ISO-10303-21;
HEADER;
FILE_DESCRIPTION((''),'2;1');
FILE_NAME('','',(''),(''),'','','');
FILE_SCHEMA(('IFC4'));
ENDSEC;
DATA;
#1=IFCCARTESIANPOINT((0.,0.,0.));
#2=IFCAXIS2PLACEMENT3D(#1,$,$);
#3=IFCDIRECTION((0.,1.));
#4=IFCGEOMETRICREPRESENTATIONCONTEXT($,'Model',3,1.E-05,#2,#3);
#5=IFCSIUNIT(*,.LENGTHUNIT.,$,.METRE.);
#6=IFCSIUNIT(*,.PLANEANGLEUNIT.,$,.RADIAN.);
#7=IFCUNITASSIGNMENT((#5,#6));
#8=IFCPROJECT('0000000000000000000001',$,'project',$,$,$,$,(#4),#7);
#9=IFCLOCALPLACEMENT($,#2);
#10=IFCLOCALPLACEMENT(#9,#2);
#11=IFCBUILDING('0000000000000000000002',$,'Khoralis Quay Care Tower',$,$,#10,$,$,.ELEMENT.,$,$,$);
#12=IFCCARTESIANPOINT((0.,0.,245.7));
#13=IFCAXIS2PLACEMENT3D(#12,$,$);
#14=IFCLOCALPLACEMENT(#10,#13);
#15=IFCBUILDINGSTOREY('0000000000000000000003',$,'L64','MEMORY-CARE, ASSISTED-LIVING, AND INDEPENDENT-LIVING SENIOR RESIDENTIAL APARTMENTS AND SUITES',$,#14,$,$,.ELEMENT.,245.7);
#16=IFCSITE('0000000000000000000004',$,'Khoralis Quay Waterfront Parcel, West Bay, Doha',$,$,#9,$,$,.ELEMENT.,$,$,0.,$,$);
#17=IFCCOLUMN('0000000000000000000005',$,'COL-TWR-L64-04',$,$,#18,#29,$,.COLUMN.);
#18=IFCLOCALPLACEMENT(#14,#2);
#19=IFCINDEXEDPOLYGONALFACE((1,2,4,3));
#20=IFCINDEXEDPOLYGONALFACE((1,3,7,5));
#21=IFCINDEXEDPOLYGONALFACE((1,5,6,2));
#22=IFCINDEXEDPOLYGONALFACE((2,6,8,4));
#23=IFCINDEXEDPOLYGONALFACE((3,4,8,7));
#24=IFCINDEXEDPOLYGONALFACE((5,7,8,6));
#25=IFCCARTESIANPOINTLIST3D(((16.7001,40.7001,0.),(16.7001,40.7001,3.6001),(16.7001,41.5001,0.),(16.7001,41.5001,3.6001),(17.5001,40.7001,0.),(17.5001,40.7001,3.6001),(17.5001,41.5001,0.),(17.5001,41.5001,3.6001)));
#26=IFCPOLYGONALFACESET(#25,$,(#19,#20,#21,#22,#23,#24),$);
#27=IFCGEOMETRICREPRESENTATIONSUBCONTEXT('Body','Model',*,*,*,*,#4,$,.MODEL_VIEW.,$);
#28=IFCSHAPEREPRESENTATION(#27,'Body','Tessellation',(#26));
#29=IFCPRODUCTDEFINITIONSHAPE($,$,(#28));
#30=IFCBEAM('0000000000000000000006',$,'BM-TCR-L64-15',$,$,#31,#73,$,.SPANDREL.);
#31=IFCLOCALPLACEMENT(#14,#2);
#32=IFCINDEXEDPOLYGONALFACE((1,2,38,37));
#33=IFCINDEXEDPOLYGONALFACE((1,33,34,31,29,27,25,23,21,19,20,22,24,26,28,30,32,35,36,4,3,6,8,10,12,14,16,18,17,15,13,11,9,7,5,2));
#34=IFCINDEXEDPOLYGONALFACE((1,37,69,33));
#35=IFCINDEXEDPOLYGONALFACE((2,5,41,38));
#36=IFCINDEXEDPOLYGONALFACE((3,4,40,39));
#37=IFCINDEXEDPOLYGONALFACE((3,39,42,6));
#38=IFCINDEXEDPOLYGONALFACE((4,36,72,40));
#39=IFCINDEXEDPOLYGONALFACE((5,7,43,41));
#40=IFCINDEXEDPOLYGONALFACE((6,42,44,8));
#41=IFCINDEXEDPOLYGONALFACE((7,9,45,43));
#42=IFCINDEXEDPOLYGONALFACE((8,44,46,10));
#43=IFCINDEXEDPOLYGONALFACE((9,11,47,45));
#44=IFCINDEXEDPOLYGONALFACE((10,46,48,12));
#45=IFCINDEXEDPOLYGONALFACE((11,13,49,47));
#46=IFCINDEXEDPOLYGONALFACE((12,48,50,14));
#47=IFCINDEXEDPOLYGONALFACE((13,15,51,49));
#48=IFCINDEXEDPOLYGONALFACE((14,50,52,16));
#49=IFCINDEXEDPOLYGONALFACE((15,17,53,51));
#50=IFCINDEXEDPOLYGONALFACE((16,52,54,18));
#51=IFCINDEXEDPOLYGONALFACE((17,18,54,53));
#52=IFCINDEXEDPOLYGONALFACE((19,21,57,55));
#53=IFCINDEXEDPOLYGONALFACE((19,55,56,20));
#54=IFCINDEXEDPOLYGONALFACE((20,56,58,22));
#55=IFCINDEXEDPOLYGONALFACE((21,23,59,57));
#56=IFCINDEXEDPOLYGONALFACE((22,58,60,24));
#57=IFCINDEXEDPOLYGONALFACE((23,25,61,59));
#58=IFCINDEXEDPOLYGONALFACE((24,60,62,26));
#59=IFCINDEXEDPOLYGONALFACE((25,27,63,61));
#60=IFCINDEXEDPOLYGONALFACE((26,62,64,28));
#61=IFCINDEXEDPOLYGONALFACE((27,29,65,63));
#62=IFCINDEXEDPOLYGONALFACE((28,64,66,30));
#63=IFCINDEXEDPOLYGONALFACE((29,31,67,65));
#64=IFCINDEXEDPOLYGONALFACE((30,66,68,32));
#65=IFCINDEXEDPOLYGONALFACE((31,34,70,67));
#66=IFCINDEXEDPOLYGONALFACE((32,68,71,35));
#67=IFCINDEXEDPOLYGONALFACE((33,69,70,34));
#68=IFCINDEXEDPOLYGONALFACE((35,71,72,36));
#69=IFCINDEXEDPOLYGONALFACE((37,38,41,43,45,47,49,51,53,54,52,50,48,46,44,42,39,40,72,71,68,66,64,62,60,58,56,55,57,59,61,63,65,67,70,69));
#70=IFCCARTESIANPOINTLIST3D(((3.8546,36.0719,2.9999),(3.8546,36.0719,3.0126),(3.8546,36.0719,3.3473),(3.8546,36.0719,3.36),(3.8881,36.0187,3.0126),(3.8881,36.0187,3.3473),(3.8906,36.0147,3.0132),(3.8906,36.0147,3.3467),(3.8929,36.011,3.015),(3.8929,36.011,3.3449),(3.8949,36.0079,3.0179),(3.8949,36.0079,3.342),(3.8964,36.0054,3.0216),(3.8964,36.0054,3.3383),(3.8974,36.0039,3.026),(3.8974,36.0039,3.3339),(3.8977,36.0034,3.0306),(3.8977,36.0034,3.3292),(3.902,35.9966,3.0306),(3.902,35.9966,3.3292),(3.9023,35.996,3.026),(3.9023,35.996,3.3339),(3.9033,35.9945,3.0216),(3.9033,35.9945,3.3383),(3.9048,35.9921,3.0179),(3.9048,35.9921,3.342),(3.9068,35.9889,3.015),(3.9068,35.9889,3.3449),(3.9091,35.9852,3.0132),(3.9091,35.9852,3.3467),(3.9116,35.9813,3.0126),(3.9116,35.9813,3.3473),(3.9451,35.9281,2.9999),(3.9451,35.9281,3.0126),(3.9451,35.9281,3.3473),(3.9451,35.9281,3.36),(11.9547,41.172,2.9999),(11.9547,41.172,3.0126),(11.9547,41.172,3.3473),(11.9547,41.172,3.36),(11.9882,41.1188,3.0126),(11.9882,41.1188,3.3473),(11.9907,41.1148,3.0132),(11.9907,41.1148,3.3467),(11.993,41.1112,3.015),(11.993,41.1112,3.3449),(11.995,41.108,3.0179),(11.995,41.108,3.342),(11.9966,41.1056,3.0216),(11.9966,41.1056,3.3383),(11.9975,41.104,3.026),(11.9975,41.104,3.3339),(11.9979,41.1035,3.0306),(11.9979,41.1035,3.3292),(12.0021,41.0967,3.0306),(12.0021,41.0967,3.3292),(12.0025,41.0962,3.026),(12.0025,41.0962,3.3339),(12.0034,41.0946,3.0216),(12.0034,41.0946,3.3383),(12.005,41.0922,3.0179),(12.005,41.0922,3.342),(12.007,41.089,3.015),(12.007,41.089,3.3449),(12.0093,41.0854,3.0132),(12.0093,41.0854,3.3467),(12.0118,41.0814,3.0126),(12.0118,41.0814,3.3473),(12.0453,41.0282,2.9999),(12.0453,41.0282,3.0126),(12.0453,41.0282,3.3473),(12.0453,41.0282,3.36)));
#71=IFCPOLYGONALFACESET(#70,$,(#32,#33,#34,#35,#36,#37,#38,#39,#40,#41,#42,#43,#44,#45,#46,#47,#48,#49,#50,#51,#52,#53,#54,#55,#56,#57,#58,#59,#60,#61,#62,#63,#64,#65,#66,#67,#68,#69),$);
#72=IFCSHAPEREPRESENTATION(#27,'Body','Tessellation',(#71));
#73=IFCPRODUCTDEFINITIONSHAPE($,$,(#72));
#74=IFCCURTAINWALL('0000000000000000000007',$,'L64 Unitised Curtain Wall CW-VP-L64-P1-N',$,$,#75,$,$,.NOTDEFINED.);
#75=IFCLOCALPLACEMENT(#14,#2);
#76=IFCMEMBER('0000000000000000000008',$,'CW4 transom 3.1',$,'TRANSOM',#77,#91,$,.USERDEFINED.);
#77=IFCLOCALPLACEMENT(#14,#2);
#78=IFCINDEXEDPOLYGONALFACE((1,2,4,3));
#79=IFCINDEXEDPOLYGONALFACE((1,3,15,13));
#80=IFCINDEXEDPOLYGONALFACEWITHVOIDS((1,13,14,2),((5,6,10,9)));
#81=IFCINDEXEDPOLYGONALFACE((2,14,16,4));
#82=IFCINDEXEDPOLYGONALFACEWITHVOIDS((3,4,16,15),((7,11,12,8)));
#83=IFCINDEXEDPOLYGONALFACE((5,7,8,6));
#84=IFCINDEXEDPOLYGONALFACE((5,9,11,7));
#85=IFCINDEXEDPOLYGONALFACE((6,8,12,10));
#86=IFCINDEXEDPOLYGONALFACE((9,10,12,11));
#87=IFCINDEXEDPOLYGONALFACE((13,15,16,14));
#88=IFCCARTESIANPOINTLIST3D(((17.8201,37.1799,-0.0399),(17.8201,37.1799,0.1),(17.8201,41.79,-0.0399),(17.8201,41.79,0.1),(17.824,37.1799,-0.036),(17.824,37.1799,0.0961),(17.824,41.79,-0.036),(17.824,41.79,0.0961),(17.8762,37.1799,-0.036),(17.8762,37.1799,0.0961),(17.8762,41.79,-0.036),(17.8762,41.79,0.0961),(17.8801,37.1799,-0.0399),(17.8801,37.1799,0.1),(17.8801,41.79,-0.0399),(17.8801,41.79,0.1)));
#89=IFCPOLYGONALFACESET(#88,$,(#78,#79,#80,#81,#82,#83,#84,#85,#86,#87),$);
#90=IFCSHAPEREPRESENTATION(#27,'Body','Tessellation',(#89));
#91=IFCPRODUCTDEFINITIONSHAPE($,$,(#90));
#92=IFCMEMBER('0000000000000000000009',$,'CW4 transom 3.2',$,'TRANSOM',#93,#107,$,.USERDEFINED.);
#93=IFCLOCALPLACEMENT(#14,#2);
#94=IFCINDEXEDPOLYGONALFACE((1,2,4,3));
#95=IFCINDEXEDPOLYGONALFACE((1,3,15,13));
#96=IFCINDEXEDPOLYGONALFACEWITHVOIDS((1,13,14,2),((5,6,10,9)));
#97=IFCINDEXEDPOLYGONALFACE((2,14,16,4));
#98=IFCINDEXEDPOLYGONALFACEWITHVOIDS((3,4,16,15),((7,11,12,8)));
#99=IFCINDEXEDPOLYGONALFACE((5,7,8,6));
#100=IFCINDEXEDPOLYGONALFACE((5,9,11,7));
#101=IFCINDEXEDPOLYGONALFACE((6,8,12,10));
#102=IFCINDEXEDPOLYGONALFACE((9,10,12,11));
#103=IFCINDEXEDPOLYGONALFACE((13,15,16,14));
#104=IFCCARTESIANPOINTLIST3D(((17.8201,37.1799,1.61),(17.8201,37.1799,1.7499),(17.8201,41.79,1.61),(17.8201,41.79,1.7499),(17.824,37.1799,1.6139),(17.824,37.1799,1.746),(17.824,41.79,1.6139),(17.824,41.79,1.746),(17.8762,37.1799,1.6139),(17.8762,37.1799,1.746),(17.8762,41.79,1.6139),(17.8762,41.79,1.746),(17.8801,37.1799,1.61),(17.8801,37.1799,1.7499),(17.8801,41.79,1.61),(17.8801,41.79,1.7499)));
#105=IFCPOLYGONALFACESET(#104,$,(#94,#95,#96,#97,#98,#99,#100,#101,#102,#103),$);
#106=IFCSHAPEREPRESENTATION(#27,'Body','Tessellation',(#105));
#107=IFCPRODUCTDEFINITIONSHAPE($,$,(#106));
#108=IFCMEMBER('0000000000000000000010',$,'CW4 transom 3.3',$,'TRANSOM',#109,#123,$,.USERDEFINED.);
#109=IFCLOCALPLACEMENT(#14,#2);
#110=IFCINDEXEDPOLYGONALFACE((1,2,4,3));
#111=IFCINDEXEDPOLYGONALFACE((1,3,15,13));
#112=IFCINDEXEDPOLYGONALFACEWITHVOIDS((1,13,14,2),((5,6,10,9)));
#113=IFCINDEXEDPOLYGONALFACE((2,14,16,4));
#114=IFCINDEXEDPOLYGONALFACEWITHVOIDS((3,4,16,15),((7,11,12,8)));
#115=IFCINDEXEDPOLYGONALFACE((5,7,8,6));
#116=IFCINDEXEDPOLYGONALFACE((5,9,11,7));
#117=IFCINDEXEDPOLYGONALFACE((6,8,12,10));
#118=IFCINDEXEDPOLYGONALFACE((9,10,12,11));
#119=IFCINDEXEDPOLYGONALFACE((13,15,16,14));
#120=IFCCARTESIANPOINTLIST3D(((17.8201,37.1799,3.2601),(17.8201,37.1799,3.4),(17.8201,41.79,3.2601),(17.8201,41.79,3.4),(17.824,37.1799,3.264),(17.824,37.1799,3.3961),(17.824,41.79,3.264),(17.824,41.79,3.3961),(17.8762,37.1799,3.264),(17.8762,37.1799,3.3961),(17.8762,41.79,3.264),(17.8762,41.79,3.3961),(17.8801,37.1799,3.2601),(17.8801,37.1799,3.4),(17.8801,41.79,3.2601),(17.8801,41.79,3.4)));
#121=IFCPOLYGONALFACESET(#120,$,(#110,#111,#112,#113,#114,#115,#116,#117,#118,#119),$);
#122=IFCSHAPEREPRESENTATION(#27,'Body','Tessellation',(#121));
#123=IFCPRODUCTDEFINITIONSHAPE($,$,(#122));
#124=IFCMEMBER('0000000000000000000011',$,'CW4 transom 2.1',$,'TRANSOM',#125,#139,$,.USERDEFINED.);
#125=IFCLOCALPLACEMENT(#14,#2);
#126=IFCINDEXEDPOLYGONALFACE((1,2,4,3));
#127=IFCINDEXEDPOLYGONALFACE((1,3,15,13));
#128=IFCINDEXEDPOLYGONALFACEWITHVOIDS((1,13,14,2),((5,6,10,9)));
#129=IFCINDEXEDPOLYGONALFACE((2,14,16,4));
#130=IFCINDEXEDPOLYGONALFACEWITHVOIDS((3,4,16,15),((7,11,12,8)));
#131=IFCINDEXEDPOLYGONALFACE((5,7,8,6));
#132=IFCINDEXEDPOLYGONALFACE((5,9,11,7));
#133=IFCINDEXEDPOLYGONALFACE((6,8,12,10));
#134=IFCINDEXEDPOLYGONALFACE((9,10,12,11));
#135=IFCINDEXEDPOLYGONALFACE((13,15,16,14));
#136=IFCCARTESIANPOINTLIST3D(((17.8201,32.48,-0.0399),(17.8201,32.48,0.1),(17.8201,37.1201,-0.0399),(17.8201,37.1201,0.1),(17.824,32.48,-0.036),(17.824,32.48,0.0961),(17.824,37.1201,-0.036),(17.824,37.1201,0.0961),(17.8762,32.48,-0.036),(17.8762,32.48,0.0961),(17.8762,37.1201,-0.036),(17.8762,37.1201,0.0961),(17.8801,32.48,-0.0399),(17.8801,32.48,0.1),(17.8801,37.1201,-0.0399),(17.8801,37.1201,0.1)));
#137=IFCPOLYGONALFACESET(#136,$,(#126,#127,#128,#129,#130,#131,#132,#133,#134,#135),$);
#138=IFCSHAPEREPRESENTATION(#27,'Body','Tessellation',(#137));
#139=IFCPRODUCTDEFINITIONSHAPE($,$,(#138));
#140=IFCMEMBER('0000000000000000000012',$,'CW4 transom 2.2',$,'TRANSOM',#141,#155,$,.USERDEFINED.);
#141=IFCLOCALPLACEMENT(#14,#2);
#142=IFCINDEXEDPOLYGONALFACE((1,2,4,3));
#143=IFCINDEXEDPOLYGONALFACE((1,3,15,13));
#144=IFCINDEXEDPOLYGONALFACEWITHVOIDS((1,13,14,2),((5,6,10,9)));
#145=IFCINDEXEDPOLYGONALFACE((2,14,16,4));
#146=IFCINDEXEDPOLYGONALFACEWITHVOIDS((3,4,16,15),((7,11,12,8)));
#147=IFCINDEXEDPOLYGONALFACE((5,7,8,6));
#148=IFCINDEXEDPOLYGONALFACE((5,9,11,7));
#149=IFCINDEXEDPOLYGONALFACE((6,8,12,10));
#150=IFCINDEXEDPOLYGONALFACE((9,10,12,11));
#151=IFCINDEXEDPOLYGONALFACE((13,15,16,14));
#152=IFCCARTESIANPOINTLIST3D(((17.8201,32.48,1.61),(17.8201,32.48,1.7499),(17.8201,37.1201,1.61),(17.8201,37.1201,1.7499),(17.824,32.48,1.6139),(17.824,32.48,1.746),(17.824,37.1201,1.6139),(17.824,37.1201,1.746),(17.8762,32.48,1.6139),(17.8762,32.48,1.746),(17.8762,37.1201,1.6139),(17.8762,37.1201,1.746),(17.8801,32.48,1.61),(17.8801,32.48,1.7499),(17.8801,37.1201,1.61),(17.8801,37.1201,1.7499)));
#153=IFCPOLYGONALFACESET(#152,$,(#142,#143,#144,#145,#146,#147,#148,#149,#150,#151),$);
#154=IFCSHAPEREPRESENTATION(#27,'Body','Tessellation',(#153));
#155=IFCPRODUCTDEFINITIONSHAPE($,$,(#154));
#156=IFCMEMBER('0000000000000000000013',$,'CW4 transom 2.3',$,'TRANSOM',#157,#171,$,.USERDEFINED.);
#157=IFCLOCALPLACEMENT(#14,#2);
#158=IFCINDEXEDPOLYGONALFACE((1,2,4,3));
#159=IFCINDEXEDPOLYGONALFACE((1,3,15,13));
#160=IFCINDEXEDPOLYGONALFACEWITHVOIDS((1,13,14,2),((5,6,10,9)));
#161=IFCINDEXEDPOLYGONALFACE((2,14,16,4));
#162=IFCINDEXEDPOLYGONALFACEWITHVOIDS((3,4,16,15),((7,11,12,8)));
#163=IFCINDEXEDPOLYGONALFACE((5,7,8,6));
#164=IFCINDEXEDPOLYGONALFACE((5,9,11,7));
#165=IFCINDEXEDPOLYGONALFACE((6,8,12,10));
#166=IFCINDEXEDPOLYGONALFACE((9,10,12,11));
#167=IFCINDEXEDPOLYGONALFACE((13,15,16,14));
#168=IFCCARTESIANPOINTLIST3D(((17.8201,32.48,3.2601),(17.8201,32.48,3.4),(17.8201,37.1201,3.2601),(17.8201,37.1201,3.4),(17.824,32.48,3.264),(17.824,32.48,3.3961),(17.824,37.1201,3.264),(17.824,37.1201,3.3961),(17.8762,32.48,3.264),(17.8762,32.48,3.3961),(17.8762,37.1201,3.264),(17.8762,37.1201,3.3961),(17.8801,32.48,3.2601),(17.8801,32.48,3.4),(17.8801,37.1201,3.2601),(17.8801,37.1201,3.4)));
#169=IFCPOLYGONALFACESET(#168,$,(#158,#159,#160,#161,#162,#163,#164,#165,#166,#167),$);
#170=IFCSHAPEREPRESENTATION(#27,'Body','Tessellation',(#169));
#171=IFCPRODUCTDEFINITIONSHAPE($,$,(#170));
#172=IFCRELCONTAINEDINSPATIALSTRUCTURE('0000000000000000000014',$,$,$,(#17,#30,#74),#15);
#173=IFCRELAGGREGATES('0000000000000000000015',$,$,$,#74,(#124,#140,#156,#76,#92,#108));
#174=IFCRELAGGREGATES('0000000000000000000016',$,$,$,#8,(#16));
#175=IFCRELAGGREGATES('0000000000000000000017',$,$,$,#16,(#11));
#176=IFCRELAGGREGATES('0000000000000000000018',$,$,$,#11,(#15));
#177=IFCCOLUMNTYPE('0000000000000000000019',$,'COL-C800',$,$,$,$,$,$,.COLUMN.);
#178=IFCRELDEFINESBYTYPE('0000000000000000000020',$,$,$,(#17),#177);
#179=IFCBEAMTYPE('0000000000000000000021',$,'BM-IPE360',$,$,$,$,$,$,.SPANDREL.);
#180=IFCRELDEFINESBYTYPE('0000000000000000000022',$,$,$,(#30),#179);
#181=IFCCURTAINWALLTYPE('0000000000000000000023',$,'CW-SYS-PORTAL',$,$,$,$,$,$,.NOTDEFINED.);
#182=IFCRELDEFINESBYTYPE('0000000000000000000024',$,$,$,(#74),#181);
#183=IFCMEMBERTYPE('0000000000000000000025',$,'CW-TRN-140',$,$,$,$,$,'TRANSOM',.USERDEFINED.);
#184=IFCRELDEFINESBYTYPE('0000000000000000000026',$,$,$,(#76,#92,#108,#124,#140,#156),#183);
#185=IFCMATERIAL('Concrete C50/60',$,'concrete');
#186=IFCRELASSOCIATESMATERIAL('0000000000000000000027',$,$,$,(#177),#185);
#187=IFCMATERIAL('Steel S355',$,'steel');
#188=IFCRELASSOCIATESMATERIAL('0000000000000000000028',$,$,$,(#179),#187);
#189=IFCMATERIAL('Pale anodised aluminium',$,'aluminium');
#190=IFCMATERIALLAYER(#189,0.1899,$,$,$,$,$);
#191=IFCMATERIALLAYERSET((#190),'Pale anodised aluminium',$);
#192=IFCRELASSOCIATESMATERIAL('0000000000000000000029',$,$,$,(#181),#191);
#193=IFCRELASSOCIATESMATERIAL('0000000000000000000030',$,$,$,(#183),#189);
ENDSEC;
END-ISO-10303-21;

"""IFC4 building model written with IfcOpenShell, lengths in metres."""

from ifc_helpers import new_model, si_unit, direction, frame, origin, origin_2d, place, context, subcontext, project, spatial, rectangle, hollow_rectangle, i_section, extrude, source, transform, mapped, material, layer, layer_set, material_profile, profile_set, type_object, element, aggregate, save


model = new_model("IFC4")

# Units and contexts
model_context = context("Model", 3, precision=1e-05, world=origin(), true_north=direction((0.0, 1.0)))
body_context = subcontext(model_context, "Body", "Model", "MODEL_VIEW")
ifc_project = project(units=[si_unit("LENGTHUNIT", "METRE"), si_unit("PLANEANGLEUNIT", "RADIAN")], contexts=[model_context])

# Site, building, storey
site_placement = place(None, origin())
site = spatial("IfcSite", under=ifc_project, at=site_placement, Name="Khoralis Quay Waterfront Parcel, West Bay, Doha", CompositionType="ELEMENT", RefElevation=0.0)
building_placement = place(site_placement, origin())
building = spatial("IfcBuilding", under=site, at=building_placement, Name="Khoralis Quay Care Tower", CompositionType="ELEMENT")
storey_placement = place(building_placement, frame((0.0, 0.0, 245.7)))
storey = spatial("IfcBuildingStorey", under=building, at=storey_placement, Name="L64", Description="MEMORY-CARE, ASSISTED-LIVING, AND INDEPENDENT-LIVING SENIOR RESIDENTIAL APARTMENTS AND SUITES", CompositionType="ELEMENT", Elevation=245.7)

# Column
ifc_material_1 = material(Name="Concrete C50/60", Category="concrete")
ifc_material_profile_1 = material_profile(ifc_material_1, rectangle(XDim=0.8, YDim=0.8, at=origin_2d()), Name="Concrete C50/60")
ifc_profile_set_1 = profile_set([ifc_material_profile_1], Name="Concrete C50/60")
column_type = type_object("IfcColumnType", Name="COL-C800", PredefinedType="COLUMN", material=ifc_profile_set_1)
shared_shape_1 = source(origin(), body_context, "Body", "SweptSolid", [
    extrude(rectangle(XDim=0.8, YDim=0.8, at=origin_2d()), origin(), (0.0, 0.0, 1.0), 3.6001),
])
column_placement = place(storey_placement, frame((17.1001, 41.1001, 0.0), z_axis=(0.0, 0.0, 1.0), x_axis=(1.0, 0.0, 0.0)))
element("IfcColumn", 1, at=column_placement, inside=storey, type_object=column_type, Name="COL-TWR-L64-04", PredefinedType="COLUMN", context=body_context, shape_type="MappedRepresentation", body=[
    mapped(shared_shape_1, transform((0.0, 0.0, 0.0), scale=1.0)),
])

# Beam
ifc_material_2 = material(Name="Steel S355", Category="steel")
ifc_material_profile_2 = material_profile(ifc_material_2, i_section(OverallWidth=0.1699, OverallDepth=0.3601, WebThickness=0.0081, FlangeThickness=0.0127, FilletRadius=0.0181, at=origin_2d()), Name="Steel S355")
ifc_profile_set_2 = profile_set([ifc_material_profile_2], Name="Steel S355")
beam_type = type_object("IfcBeamType", Name="BM-IPE360", PredefinedType="SPANDREL", material=ifc_profile_set_2)
shared_shape_2 = source(origin(), body_context, "Body", "SweptSolid", [
    extrude(i_section(OverallWidth=0.1699, OverallDepth=0.3601, WebThickness=0.0081, FlangeThickness=0.0127, FilletRadius=0.0181, at=origin_2d()), origin(), (0.0, 0.0, 1.0), 9.572),
])
beam_placement = place(storey_placement, frame((12.0, 41.1001, 3.1799), z_axis=(-0.846231, -0.532816, 0.0), x_axis=(0.532816, -0.846231, 0.0)))
element("IfcBeam", 2, at=beam_placement, inside=storey, type_object=beam_type, Name="BM-TCR-L64-15", PredefinedType="SPANDREL", context=body_context, shape_type="MappedRepresentation", body=[
    mapped(shared_shape_2, transform((0.0, 0.0, 0.0), scale=1.0)),
])

# Curtain wall, members
ifc_material_3 = material(Name="Pale anodised aluminium", Category="aluminium")
ifc_layer_1 = layer(ifc_material_3, 0.1899)
ifc_layer_set_1 = layer_set([ifc_layer_1], Name="Pale anodised aluminium")
curtain_wall_type = type_object("IfcCurtainWallType", Name="CW-SYS-PORTAL", PredefinedType="NOTDEFINED", material=ifc_layer_set_1)
curtain_wall_placement = place(storey_placement, origin())
curtain_wall = element("IfcCurtainWall", 3, at=curtain_wall_placement, inside=storey, type_object=curtain_wall_type, Name="L64 Unitised Curtain Wall CW-VP-L64-P1-N", PredefinedType="NOTDEFINED")
ifc_material_profile_3 = material_profile(ifc_material_3, hollow_rectangle(XDim=0.0601, YDim=0.1399, WallThickness=0.0039, at=origin_2d()), Name="Pale anodised aluminium")
ifc_profile_set_3 = profile_set([ifc_material_profile_3], Name="Pale anodised aluminium")
member_type_1 = type_object("IfcMemberType", Name="CW-TRN-140", ElementType="TRANSOM", PredefinedType="USERDEFINED", material=ifc_profile_set_3)
shared_shape_3 = source(origin(), body_context, "Body", "SweptSolid", [
    extrude(hollow_rectangle(XDim=0.0601, YDim=0.1399, WallThickness=0.0039, at=origin_2d()), origin(), (0.0, 0.0, 1.0), 4.6101),
])
member_1_placement = place(storey_placement, frame((17.8501, 37.1799, 0.03), z_axis=(0.0, 1.0, 0.0), x_axis=(-1.0, 0.0, 0.0)))
member_1 = element("IfcMember", 4, at=member_1_placement, type_object=member_type_1, Name="CW4 transom 3.1", ObjectType="TRANSOM", PredefinedType="USERDEFINED", context=body_context, shape_type="MappedRepresentation", body=[
    mapped(shared_shape_3, transform((0.0, 0.0, 0.0), scale=1.0)),
])
member_2_placement = place(storey_placement, frame((17.8501, 37.1799, 1.6799), z_axis=(0.0, 1.0, 0.0), x_axis=(-1.0, 0.0, 0.0)))
member_2 = element("IfcMember", 5, at=member_2_placement, type_object=member_type_1, Name="CW4 transom 3.2", ObjectType="TRANSOM", PredefinedType="USERDEFINED", context=body_context, shape_type="MappedRepresentation", body=[
    mapped(shared_shape_3, transform((0.0, 0.0, 0.0), scale=1.0)),
])
member_3_placement = place(storey_placement, frame((17.8501, 37.1799, 3.3301), z_axis=(0.0, 1.0, 0.0), x_axis=(-1.0, 0.0, 0.0)))
member_3 = element("IfcMember", 6, at=member_3_placement, type_object=member_type_1, Name="CW4 transom 3.3", ObjectType="TRANSOM", PredefinedType="USERDEFINED", context=body_context, shape_type="MappedRepresentation", body=[
    mapped(shared_shape_3, transform((0.0, 0.0, 0.0), scale=1.0)),
])
shared_shape_4 = source(origin(), body_context, "Body", "SweptSolid", [
    extrude(hollow_rectangle(XDim=0.0601, YDim=0.1399, WallThickness=0.0039, at=origin_2d()), origin(), (0.0, 0.0, 1.0), 4.6401),
])
member_4_placement = place(storey_placement, frame((17.8501, 32.48, 0.03), z_axis=(0.0, 1.0, 0.0), x_axis=(-1.0, 0.0, 0.0)))
member_4 = element("IfcMember", 7, at=member_4_placement, type_object=member_type_1, Name="CW4 transom 2.1", ObjectType="TRANSOM", PredefinedType="USERDEFINED", context=body_context, shape_type="MappedRepresentation", body=[
    mapped(shared_shape_4, transform((0.0, 0.0, 0.0), scale=1.0)),
])
member_5_placement = place(storey_placement, frame((17.8501, 32.48, 1.6799), z_axis=(0.0, 1.0, 0.0), x_axis=(-1.0, 0.0, 0.0)))
member_5 = element("IfcMember", 8, at=member_5_placement, type_object=member_type_1, Name="CW4 transom 2.2", ObjectType="TRANSOM", PredefinedType="USERDEFINED", context=body_context, shape_type="MappedRepresentation", body=[
    mapped(shared_shape_4, transform((0.0, 0.0, 0.0), scale=1.0)),
])
member_6_placement = place(storey_placement, frame((17.8501, 32.48, 3.3301), z_axis=(0.0, 1.0, 0.0), x_axis=(-1.0, 0.0, 0.0)))
member_6 = element("IfcMember", 9, at=member_6_placement, type_object=member_type_1, Name="CW4 transom 2.3", ObjectType="TRANSOM", PredefinedType="USERDEFINED", context=body_context, shape_type="MappedRepresentation", body=[
    mapped(shared_shape_4, transform((0.0, 0.0, 0.0), scale=1.0)),
])
aggregate(curtain_wall, [member_4, member_5, member_6, member_1, member_2, member_3])

save(model, "model.ifc")
